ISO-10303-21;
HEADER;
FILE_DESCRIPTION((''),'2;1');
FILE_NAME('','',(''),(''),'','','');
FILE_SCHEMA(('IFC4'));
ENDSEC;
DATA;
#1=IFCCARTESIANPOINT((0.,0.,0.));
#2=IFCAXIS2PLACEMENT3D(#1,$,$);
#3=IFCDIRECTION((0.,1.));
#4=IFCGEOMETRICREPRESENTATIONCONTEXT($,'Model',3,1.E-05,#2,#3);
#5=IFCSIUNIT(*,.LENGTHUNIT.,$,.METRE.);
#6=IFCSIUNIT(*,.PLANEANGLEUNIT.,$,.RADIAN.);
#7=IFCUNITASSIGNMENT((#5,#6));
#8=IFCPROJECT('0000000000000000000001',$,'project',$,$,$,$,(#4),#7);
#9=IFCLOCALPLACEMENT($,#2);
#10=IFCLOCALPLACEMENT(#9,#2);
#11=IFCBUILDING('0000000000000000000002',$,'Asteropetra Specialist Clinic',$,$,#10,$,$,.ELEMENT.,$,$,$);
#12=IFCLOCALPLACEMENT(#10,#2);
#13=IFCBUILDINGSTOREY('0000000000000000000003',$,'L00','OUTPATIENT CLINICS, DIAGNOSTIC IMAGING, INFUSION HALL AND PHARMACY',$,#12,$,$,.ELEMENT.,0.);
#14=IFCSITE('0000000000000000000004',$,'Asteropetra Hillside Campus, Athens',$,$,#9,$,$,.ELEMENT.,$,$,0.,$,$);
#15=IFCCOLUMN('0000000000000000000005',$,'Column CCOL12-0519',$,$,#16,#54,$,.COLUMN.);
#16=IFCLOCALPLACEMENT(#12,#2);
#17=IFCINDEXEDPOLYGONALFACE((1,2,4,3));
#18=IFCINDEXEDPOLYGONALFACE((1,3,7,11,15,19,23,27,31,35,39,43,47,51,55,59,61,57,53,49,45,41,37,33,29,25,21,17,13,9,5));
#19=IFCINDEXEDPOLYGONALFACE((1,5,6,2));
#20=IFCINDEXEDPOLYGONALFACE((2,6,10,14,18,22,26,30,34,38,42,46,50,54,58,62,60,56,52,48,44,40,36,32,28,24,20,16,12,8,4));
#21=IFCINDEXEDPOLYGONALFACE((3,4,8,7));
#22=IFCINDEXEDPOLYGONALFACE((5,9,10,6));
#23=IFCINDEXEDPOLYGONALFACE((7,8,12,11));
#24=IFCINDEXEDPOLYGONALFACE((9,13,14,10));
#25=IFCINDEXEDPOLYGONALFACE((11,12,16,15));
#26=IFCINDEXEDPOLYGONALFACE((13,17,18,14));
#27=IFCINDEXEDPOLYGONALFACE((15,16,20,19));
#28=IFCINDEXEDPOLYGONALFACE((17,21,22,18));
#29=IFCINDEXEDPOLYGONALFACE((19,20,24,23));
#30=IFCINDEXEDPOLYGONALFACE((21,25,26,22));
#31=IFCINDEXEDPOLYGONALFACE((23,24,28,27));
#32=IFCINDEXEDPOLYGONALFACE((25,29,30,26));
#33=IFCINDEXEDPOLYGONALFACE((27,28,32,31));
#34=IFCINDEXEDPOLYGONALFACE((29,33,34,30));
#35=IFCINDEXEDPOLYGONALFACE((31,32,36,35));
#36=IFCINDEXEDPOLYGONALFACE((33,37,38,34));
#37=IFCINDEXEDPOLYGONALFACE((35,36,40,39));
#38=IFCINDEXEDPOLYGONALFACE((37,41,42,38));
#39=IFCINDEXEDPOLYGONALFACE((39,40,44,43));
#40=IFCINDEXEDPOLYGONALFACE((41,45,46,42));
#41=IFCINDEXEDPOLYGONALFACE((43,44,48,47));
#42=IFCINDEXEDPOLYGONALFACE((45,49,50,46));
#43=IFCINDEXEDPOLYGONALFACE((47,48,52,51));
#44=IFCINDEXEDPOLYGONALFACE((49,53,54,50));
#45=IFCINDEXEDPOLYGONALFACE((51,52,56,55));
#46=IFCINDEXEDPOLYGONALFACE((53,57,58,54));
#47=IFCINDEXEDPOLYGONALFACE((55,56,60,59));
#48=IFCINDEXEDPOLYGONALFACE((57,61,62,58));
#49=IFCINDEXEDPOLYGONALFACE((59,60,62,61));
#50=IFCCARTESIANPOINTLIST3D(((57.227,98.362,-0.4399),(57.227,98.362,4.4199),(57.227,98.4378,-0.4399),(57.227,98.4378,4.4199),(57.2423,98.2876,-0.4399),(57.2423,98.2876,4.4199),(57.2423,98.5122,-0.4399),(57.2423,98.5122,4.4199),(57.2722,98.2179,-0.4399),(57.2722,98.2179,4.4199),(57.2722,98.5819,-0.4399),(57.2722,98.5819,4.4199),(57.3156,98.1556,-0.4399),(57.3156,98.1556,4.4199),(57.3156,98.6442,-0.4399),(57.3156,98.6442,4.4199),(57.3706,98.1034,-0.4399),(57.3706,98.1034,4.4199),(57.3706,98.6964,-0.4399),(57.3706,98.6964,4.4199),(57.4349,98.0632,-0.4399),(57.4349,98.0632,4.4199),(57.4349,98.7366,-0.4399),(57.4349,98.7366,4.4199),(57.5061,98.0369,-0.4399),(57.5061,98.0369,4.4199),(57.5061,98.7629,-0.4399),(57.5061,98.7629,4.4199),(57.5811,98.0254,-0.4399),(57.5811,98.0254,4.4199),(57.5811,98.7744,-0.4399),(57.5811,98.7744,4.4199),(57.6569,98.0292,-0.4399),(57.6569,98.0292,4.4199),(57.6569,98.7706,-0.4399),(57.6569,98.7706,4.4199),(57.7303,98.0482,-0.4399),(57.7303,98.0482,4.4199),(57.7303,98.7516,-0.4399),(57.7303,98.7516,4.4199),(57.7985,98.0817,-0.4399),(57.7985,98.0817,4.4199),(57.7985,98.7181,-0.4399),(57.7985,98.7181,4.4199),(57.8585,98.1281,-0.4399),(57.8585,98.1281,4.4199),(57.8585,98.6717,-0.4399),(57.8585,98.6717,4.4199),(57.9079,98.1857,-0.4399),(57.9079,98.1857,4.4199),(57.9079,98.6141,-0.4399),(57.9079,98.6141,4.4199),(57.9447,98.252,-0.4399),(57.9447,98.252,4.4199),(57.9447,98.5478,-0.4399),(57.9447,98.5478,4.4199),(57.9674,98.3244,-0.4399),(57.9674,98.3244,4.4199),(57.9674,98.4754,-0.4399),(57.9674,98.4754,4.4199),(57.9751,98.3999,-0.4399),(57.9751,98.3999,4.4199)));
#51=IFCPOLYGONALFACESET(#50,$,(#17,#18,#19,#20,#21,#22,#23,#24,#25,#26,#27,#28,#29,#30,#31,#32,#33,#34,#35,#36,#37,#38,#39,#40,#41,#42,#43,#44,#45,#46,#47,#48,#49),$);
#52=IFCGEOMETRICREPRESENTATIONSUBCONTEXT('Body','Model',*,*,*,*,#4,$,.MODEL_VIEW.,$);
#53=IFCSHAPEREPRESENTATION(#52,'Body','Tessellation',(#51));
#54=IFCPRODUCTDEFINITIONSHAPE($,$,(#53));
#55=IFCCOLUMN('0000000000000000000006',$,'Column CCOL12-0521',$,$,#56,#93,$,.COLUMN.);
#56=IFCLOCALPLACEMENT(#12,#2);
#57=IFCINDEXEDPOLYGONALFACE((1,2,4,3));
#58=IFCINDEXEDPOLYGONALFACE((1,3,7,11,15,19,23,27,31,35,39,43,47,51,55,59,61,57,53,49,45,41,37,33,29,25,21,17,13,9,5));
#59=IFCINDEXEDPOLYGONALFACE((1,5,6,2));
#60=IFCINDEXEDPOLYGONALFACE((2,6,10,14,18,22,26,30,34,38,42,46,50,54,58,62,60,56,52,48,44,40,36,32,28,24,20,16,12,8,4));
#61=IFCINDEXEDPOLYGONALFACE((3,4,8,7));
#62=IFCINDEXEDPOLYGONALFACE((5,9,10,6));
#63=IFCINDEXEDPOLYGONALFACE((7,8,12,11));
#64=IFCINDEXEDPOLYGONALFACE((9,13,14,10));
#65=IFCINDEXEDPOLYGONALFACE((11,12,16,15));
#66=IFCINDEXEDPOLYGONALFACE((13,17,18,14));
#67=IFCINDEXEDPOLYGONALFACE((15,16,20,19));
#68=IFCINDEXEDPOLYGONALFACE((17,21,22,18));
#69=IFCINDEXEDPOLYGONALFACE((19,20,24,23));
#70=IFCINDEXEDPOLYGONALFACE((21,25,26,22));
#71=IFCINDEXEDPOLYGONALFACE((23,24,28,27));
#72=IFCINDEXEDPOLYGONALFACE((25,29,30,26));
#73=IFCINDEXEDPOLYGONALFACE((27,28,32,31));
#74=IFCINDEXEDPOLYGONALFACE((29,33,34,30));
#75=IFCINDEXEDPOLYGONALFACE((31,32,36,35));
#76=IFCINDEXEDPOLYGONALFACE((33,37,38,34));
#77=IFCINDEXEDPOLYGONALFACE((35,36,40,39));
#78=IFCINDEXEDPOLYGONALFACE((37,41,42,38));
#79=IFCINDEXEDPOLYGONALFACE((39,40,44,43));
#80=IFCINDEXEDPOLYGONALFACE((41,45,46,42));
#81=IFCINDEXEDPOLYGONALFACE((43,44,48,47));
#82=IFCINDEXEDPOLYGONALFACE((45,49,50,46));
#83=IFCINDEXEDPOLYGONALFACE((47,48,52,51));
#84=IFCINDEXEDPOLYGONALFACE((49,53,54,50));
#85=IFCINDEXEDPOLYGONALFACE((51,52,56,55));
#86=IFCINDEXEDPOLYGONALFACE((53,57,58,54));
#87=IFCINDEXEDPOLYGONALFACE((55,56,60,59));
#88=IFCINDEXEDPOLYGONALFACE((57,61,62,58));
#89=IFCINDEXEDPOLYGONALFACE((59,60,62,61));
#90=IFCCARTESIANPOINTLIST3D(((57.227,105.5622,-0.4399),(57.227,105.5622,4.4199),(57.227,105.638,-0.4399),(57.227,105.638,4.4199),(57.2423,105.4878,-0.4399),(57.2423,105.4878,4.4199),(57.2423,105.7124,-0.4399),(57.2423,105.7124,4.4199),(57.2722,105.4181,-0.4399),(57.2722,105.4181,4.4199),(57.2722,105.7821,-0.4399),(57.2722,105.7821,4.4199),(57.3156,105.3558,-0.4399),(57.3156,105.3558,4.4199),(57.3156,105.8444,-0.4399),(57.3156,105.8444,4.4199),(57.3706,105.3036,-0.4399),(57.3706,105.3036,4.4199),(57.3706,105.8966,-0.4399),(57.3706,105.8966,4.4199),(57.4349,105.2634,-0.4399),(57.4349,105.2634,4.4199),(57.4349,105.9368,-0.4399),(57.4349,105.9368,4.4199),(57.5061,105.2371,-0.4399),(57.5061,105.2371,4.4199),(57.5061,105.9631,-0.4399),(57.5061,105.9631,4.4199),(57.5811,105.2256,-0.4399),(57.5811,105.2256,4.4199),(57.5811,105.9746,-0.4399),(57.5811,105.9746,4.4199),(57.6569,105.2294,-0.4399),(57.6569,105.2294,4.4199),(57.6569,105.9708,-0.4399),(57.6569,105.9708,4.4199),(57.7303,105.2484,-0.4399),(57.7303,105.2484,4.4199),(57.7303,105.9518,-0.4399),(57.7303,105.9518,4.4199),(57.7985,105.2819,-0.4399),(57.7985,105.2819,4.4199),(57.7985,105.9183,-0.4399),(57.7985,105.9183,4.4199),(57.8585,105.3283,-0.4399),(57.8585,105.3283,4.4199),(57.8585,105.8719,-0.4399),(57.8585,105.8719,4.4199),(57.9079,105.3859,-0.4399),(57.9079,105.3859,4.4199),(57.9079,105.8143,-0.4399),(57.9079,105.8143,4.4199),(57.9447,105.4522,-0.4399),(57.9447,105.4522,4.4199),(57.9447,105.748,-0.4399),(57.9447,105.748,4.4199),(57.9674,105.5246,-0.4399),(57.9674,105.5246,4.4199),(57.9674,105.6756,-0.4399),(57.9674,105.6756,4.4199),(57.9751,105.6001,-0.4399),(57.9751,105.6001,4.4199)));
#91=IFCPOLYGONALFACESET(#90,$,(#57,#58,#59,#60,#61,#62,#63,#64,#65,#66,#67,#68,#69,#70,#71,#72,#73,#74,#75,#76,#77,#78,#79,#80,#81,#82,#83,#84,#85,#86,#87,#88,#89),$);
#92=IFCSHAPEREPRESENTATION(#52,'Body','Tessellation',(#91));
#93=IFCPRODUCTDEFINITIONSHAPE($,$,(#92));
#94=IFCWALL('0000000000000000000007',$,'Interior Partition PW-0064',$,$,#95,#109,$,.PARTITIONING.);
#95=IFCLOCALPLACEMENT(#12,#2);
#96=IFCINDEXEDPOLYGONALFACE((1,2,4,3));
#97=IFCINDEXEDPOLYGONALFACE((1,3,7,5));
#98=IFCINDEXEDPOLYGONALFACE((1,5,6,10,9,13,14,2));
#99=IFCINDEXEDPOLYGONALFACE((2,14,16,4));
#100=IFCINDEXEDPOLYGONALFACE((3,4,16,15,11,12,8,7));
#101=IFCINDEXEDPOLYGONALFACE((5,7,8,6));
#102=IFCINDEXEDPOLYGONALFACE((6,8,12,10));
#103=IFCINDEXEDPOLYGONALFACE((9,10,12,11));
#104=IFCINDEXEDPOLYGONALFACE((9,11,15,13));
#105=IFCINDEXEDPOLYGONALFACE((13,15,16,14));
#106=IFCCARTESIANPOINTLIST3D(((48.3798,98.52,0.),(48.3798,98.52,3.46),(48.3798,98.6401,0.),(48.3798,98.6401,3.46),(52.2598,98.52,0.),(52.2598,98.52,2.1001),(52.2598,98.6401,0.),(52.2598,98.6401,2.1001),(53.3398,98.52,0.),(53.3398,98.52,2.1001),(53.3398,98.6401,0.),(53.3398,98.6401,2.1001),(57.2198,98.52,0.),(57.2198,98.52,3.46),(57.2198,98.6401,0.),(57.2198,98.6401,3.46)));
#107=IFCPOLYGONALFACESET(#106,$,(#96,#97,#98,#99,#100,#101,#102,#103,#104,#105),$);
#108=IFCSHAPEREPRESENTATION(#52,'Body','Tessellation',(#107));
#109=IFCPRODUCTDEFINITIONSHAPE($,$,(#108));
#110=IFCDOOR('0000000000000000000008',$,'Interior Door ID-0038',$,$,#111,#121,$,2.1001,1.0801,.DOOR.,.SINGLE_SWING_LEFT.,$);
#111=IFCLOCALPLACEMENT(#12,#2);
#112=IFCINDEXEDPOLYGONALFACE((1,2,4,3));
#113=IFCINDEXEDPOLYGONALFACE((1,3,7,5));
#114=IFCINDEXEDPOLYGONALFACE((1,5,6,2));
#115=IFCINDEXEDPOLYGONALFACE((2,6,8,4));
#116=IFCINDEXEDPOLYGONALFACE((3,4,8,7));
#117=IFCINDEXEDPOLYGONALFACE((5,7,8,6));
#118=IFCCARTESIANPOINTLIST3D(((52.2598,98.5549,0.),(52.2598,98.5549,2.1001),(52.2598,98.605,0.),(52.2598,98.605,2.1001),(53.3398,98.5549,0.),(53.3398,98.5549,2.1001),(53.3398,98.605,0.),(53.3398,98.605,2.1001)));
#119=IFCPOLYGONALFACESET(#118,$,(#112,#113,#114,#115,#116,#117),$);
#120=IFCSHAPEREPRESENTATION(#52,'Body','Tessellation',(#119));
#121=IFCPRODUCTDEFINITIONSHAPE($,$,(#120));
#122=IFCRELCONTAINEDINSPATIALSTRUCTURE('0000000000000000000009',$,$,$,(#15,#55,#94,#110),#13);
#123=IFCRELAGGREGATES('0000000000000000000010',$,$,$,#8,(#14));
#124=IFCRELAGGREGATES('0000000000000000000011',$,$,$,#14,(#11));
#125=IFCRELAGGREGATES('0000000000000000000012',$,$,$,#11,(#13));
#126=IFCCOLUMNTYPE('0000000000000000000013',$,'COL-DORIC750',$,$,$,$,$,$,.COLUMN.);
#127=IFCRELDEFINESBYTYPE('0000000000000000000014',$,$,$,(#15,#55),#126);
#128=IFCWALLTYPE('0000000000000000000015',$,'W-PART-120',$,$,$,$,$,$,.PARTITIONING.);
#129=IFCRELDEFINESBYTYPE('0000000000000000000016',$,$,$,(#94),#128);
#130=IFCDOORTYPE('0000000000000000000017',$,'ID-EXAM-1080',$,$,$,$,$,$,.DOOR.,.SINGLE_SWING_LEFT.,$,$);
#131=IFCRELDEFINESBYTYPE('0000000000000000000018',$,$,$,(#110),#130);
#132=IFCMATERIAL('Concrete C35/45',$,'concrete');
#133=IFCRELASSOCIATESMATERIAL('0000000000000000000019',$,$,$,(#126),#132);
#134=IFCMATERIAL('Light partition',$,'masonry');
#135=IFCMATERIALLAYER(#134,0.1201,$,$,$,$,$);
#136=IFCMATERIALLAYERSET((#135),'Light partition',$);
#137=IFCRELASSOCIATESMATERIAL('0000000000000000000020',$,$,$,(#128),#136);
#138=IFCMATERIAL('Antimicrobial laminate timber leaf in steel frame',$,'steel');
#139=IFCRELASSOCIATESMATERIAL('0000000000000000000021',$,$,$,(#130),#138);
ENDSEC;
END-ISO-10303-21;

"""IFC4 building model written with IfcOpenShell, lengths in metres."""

from ifc_helpers import new_model, si_unit, direction, frame, frame_2d, origin, origin_2d, place, context, subcontext, project, spatial, rectangle, circle, extrude, material, layer, layer_set, material_profile, profile_set, type_object, element, fill, save


model = new_model("IFC4")

# Units and contexts
model_context = context("Model", 3, precision=1e-05, world=origin(), true_north=direction((0.0, 1.0)))
body_context = subcontext(model_context, "Body", "Model", "MODEL_VIEW")
ifc_project = project(units=[si_unit("LENGTHUNIT", "METRE"), si_unit("PLANEANGLEUNIT", "RADIAN")], contexts=[model_context])

# Site, building, storey
site_placement = place(None, origin())
site = spatial("IfcSite", under=ifc_project, at=site_placement, Name="Asteropetra Hillside Campus, Athens", CompositionType="ELEMENT", RefElevation=0.0)
building_placement = place(site_placement, origin())
building = spatial("IfcBuilding", under=site, at=building_placement, Name="Asteropetra Specialist Clinic", CompositionType="ELEMENT")
storey_placement = place(building_placement, origin())
storey = spatial("IfcBuildingStorey", under=building, at=storey_placement, Name="L00", Description="OUTPATIENT CLINICS, DIAGNOSTIC IMAGING, INFUSION HALL AND PHARMACY", CompositionType="ELEMENT", Elevation=0.0)

# Columns
ifc_material_1 = material(Name="Concrete C35/45", Category="concrete")
ifc_material_profile_1 = material_profile(ifc_material_1, circle(Radius=0.375, at=origin_2d()), Name="RCC D750")
ifc_profile_set_1 = profile_set([ifc_material_profile_1], Name="Concrete C35/45")
column_type = type_object("IfcColumnType", Name="COL-DORIC750", PredefinedType="COLUMN", material=ifc_profile_set_1)
for number, where, z_axis, x_axis, name in (
    (1, (57.6001, 98.3999, -0.4399), (0.0, 0.0, 1.0), (1.0, 0.0, 0.0), "Column CCOL12-0519"),
    (2, (57.6001, 105.6001, -0.4399), (0.0, 0.0, 1.0), (1.0, 0.0, 0.0), "Column CCOL12-0521"),
):
    element("IfcColumn", number, at=place(storey_placement, frame(where, z_axis=z_axis, x_axis=x_axis)), inside=storey, type_object=column_type, Name=name, PredefinedType="COLUMN", context=body_context, shape_type="SweptSolid", body=[
        extrude(circle(Radius=0.375, at=origin_2d()), origin(), (0.0, 0.0, 1.0), 4.8599),
    ])

# Wall, opening, door
ifc_material_2 = material(Name="Light partition", Category="masonry")
ifc_layer = layer(ifc_material_2, 0.1201)
ifc_layer_set = layer_set([ifc_layer], Name="Light partition")
wall_type = type_object("IfcWallType", Name="W-PART-120", PredefinedType="PARTITIONING", material=ifc_layer_set)
wall_placement = place(storey_placement, frame((48.3799, 98.5801, 0.0), z_axis=(0.0, 0.0, 1.0), x_axis=(1.0, 0.0, 0.0)))
wall = element("IfcWall", 3, at=wall_placement, inside=storey, type_object=wall_type, Name="Interior Partition PW-0064", PredefinedType="PARTITIONING", context=body_context, shape_type="SweptSolid", body=[
    extrude(rectangle(XDim=8.8401, YDim=0.1201, at=frame_2d((4.4199, 0.0))), origin(), (0.0, 0.0, 1.0), 3.46),
])
opening_placement = place(wall_placement, frame((3.8799, 0.0, 0.0)))
opening = element("IfcOpeningElement", 4, at=opening_placement, cuts=wall, PredefinedType="OPENING", context=body_context, shape_type="SweptSolid", body=[
    extrude(rectangle(XDim=1.0801, YDim=2.1001, at=frame_2d((0.54, 1.05))), frame((0.0, 0.0701, 0.0), z_axis=(0.0, -1.0, 0.0), x_axis=(1.0, 0.0, 0.0)), (0.0, 0.0, 1.0), 0.1401),
])
ifc_material_3 = material(Name="Antimicrobial laminate timber leaf in steel frame", Category="steel")
door_type = type_object("IfcDoorType", Name="ID-EXAM-1080", OperationType="SINGLE_SWING_LEFT", PredefinedType="DOOR", material=ifc_material_3)
door_placement = place(opening_placement, origin())
door = element("IfcDoor", 5, at=door_placement, inside=storey, type_object=door_type, Name="Interior Door ID-0038", OperationType="SINGLE_SWING_LEFT", OverallHeight=2.1001, OverallWidth=1.0801, PredefinedType="DOOR", context=body_context, shape_type="SweptSolid", body=[
    extrude(rectangle(XDim=1.0801, YDim=2.1001, at=frame_2d((0.54, 1.05))), frame((0.0, 0.0249, 0.0), z_axis=(0.0, -1.0, 0.0), x_axis=(1.0, 0.0, 0.0)), (0.0, 0.0, 1.0), 0.05),
])
fill(opening, door)

save(model, "model.ifc")
